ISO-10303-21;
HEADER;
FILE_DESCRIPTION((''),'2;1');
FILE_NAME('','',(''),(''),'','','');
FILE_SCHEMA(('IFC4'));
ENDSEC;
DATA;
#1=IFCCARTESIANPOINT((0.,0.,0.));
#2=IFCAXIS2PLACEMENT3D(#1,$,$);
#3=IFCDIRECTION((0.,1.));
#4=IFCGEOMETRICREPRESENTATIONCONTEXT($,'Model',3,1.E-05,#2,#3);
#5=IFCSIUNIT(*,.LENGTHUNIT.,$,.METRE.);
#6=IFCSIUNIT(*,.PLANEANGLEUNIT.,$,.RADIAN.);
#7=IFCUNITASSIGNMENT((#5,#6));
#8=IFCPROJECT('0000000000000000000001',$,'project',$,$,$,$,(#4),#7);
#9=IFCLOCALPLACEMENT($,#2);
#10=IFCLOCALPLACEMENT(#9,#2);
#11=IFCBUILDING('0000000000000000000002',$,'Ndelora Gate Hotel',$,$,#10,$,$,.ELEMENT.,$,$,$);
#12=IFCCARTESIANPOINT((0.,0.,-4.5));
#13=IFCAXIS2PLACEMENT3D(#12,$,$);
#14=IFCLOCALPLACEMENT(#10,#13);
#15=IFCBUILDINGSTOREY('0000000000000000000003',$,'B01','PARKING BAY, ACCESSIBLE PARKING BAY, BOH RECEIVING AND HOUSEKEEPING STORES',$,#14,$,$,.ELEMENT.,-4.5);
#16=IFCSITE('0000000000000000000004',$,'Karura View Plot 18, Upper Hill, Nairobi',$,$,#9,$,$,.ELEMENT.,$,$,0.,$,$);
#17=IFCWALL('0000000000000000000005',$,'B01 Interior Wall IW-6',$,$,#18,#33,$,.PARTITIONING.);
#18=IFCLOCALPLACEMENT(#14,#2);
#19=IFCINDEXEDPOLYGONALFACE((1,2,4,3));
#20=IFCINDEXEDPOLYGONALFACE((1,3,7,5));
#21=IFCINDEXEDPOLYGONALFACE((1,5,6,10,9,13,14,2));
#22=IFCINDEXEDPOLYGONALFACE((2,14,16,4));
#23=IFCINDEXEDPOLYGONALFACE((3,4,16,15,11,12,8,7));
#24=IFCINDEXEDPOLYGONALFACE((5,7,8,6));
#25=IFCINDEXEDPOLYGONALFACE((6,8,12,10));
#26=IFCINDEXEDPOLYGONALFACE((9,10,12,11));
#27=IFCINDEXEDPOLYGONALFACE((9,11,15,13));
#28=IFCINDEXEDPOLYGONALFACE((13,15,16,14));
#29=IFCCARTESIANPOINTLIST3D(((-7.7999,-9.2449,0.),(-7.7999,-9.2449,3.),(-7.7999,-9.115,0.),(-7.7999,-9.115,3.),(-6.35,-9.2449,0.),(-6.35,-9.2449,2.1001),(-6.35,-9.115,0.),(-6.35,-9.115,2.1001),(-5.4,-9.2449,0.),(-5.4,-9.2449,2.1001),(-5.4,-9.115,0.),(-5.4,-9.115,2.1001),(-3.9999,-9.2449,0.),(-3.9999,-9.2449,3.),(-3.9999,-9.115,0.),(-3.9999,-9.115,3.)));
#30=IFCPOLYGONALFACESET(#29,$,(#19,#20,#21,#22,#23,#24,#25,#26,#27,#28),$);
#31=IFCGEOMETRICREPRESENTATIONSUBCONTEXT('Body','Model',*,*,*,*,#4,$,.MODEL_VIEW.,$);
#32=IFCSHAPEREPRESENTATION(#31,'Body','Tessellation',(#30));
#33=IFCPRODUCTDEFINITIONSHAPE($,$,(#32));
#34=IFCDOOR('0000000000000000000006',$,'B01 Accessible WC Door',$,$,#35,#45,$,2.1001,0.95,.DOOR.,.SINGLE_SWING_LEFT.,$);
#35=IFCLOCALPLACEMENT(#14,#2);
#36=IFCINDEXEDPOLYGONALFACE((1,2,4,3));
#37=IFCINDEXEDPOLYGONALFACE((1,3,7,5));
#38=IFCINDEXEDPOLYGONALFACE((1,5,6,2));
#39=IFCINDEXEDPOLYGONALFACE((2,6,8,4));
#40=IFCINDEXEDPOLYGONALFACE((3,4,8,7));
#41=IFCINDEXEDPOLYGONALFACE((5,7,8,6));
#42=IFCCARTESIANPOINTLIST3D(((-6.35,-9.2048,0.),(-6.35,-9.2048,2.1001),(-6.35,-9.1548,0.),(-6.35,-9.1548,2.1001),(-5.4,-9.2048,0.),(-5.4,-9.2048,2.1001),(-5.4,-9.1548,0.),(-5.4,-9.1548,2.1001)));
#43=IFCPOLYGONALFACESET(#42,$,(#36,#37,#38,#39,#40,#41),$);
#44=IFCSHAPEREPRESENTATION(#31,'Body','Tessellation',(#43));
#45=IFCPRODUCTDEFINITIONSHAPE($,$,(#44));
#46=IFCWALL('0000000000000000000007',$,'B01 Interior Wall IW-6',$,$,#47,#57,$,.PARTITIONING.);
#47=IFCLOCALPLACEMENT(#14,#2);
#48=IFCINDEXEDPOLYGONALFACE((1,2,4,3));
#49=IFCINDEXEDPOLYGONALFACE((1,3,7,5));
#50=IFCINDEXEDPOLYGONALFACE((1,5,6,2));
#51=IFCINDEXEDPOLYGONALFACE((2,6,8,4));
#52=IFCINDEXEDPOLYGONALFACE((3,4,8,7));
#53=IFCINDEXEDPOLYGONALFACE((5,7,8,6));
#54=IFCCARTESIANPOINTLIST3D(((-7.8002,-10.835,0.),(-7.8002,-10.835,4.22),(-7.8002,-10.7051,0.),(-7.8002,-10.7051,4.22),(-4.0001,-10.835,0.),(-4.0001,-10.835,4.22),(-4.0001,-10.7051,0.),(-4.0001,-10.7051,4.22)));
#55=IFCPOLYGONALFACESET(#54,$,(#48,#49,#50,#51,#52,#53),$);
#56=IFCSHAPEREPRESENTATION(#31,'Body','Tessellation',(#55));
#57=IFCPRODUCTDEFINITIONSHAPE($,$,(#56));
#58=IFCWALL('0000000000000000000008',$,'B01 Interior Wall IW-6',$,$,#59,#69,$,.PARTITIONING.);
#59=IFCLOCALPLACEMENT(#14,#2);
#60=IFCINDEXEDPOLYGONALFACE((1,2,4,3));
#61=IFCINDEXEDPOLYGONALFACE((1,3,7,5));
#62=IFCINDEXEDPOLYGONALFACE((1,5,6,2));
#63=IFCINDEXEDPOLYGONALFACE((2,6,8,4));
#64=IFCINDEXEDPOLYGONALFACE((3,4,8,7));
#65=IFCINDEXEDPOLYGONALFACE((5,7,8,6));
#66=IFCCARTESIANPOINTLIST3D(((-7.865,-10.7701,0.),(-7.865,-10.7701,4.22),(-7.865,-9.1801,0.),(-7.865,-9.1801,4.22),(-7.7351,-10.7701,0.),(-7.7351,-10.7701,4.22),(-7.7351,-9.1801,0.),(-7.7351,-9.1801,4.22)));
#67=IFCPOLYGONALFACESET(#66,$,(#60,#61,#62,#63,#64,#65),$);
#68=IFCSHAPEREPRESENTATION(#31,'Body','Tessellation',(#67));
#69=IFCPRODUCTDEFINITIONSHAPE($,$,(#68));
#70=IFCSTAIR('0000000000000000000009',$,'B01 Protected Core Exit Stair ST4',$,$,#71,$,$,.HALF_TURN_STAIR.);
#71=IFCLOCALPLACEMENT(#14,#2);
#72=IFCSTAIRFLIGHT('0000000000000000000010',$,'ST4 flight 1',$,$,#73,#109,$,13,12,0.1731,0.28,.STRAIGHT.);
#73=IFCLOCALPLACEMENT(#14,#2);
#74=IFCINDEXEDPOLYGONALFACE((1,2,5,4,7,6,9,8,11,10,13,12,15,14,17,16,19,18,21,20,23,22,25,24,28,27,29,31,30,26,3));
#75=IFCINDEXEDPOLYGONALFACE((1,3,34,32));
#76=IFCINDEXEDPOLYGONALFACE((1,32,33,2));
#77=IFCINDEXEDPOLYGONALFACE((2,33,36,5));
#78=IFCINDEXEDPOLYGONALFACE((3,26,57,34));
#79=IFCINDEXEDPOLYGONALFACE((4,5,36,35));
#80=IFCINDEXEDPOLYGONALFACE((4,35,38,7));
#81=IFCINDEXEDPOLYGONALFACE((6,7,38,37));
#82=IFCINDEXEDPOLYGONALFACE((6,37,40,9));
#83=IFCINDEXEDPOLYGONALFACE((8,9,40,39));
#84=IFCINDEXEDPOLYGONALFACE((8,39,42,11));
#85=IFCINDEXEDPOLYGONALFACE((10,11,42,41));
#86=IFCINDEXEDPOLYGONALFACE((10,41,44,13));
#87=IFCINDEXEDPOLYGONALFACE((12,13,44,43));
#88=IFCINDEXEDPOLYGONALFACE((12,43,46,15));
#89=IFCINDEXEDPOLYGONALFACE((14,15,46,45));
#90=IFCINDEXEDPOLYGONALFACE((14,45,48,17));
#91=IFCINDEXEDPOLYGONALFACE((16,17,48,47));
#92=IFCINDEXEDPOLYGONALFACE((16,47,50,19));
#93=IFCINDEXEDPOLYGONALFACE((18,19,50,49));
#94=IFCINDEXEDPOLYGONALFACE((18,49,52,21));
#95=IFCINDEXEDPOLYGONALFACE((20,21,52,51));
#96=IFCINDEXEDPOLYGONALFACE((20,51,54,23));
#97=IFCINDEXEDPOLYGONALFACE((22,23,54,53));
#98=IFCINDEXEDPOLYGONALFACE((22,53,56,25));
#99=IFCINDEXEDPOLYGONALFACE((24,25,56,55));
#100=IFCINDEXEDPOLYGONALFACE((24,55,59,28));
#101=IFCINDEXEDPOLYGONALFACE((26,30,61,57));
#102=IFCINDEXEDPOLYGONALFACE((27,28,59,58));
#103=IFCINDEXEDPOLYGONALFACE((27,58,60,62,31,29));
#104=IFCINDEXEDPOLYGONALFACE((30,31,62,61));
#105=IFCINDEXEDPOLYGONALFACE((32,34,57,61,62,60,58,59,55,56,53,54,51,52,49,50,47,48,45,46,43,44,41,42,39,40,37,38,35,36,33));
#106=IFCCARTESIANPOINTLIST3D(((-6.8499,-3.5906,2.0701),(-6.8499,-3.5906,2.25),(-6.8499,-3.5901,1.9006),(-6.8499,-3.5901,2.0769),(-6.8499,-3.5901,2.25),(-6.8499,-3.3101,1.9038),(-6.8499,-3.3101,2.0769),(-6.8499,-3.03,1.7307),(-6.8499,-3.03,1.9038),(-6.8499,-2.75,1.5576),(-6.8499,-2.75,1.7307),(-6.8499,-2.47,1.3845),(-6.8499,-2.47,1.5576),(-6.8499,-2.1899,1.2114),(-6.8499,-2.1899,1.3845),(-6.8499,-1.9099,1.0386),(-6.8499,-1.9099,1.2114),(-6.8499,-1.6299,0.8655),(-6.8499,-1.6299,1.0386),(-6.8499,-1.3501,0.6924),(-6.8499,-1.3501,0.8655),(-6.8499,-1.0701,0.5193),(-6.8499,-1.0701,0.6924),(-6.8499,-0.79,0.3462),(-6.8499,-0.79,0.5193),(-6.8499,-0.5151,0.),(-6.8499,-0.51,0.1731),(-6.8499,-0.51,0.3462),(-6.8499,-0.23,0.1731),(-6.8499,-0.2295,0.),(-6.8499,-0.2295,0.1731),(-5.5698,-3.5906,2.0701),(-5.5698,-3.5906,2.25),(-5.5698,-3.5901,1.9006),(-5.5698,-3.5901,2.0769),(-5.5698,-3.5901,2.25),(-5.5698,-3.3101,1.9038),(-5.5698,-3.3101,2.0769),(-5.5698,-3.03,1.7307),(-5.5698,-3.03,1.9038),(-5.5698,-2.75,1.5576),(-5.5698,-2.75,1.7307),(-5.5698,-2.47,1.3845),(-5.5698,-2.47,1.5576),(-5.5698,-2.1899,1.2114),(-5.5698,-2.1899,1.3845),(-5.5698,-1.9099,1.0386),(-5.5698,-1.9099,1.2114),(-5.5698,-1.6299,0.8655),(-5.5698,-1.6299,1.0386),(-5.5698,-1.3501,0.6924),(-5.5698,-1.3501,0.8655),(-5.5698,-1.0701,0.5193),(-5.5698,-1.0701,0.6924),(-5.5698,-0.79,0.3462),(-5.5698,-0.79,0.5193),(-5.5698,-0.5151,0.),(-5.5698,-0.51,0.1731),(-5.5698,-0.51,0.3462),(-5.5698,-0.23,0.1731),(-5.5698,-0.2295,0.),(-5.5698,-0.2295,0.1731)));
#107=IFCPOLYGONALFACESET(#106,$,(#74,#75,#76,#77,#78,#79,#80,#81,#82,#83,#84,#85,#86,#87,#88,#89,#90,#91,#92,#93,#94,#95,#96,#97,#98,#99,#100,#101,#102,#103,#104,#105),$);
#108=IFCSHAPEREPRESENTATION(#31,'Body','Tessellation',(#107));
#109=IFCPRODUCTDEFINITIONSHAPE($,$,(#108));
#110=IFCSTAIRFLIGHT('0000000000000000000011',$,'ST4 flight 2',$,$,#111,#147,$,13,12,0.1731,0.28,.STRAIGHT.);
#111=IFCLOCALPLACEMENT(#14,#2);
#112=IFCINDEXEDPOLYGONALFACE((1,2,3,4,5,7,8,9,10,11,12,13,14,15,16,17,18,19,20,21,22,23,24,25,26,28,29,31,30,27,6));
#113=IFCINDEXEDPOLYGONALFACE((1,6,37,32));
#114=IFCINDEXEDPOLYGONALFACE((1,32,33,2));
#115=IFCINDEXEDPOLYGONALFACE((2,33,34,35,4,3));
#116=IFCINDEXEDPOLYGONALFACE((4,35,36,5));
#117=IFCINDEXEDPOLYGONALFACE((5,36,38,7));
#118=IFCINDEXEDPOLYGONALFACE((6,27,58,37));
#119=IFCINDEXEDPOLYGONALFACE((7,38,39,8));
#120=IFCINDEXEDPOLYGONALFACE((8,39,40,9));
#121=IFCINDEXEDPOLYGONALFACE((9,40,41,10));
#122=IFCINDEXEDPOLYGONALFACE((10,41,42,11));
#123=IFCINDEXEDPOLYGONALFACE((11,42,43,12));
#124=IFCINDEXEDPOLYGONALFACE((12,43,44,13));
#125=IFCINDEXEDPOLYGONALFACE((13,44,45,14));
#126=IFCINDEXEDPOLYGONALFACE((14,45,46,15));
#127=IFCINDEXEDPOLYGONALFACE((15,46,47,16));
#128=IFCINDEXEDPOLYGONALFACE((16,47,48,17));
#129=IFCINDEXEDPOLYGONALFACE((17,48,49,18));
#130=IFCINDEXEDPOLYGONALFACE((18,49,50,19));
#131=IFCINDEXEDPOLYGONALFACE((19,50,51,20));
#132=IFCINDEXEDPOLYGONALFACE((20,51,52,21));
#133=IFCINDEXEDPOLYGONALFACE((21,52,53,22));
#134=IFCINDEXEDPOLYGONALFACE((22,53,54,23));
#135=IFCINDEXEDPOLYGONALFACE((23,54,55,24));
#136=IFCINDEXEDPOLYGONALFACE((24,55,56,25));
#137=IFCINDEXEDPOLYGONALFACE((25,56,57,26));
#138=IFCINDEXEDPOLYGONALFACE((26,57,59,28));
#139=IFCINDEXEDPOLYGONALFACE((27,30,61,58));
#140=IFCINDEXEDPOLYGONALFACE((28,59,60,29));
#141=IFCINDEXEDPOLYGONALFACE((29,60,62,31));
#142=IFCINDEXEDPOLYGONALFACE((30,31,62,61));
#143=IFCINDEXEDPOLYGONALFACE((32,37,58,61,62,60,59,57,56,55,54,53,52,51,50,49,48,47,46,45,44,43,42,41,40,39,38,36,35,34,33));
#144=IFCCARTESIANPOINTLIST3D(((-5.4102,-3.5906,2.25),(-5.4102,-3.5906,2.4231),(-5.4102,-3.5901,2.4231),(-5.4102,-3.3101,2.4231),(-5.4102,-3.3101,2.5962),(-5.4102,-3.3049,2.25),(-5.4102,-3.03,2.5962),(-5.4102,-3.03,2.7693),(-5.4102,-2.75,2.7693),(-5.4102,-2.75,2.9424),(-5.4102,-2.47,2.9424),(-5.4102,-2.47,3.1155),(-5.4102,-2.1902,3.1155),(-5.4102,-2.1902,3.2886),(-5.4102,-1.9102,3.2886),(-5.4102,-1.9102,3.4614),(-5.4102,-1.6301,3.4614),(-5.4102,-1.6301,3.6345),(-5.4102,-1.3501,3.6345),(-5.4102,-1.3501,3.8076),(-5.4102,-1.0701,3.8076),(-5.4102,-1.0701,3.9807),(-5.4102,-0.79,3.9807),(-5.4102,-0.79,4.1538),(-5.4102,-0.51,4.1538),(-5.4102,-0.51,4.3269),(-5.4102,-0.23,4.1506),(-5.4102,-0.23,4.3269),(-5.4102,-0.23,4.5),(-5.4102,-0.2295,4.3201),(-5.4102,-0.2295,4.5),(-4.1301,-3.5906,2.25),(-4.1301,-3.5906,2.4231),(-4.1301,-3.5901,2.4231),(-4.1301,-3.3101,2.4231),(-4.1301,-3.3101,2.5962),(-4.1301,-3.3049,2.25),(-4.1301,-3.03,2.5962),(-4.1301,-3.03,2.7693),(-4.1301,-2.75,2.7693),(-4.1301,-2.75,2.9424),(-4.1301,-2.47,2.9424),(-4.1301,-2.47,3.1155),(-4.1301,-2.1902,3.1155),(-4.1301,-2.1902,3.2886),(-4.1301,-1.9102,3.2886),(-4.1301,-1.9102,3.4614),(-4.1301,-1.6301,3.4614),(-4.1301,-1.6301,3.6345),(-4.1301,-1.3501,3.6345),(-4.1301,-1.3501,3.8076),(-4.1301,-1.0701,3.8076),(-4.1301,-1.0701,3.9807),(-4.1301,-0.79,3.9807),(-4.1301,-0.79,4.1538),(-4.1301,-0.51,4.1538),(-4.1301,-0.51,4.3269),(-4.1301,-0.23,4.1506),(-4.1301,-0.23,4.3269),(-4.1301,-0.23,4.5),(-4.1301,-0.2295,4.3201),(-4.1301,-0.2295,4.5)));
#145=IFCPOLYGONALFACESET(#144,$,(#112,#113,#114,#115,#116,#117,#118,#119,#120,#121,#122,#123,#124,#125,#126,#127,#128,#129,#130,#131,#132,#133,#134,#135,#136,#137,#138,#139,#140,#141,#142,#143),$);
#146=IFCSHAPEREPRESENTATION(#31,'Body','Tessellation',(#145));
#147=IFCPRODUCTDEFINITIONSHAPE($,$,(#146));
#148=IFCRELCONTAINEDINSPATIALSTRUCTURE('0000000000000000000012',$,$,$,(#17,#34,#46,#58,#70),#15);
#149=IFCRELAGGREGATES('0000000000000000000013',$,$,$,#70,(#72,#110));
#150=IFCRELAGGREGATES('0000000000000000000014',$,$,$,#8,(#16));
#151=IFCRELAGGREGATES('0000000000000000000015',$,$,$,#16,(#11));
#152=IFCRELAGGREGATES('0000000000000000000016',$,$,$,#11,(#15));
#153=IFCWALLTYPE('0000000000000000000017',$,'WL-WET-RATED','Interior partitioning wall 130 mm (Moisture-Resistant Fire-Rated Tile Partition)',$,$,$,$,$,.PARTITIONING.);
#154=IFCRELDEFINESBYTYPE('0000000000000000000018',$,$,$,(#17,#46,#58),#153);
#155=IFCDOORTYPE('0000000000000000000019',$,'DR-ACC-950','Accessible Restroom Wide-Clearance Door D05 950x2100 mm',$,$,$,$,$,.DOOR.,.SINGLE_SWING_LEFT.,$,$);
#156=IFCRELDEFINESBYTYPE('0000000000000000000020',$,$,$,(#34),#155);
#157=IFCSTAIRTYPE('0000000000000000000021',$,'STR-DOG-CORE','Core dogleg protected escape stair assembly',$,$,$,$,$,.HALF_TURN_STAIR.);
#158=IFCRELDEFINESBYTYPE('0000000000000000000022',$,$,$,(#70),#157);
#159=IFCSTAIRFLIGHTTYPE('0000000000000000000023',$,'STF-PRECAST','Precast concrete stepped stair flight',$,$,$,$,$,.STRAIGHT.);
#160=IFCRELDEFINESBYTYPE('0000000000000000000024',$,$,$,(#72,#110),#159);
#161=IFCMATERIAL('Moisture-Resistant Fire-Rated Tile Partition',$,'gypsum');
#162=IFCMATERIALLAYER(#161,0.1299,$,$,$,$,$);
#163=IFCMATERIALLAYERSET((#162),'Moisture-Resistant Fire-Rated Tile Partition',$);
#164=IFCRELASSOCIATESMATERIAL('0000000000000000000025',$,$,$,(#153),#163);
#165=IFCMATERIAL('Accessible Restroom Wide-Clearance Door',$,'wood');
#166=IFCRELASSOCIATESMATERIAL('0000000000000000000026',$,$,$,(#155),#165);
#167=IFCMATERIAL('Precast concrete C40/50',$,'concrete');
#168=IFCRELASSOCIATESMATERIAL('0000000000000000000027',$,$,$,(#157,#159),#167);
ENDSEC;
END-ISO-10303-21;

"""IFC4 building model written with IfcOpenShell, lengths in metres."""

from ifc_helpers import new_model, si_unit, direction, frame, frame_2d, origin, place, context, subcontext, project, spatial, polyline, rectangle, outline, extrude, material, layer, layer_set, type_object, element, fill, aggregate, save


model = new_model("IFC4")

# Units and contexts
model_context = context("Model", 3, precision=1e-05, world=origin(), true_north=direction((0.0, 1.0)))
body_context = subcontext(model_context, "Body", "Model", "MODEL_VIEW")
ifc_project = project(units=[si_unit("LENGTHUNIT", "METRE"), si_unit("PLANEANGLEUNIT", "RADIAN")], contexts=[model_context])

# Site, building, storey
site_placement = place(None, origin())
site = spatial("IfcSite", under=ifc_project, at=site_placement, Name="Karura View Plot 18, Upper Hill, Nairobi", CompositionType="ELEMENT", RefElevation=0.0)
building_placement = place(site_placement, origin())
building = spatial("IfcBuilding", under=site, at=building_placement, Name="Ndelora Gate Hotel", CompositionType="ELEMENT")
storey_placement = place(building_placement, frame((0.0, 0.0, -4.5)))
storey = spatial("IfcBuildingStorey", under=building, at=storey_placement, Name="B01", Description="PARKING BAY, ACCESSIBLE PARKING BAY, BOH RECEIVING AND HOUSEKEEPING STORES", CompositionType="ELEMENT", Elevation=-4.5)

# Wall, opening, door
ifc_material_1 = material(Name="Moisture-Resistant Fire-Rated Tile Partition", Category="gypsum")
ifc_layer_1 = layer(ifc_material_1, 0.1299)
ifc_layer_set_1 = layer_set([ifc_layer_1], Name="Moisture-Resistant Fire-Rated Tile Partition")
wall_type_1 = type_object("IfcWallType", Name="WL-WET-RATED", Description="Interior partitioning wall 130 mm (Moisture-Resistant Fire-Rated Tile Partition)", PredefinedType="PARTITIONING", material=ifc_layer_set_1)
wall_1_placement = place(storey_placement, frame((-4.0, -9.1799, 0.0), z_axis=(0.0, 0.0, 1.0), x_axis=(-1.0, 0.0, 0.0)))
wall_1 = element("IfcWall", 1, at=wall_1_placement, inside=storey, type_object=wall_type_1, Name="B01 Interior Wall IW-6", PredefinedType="PARTITIONING", context=body_context, shape_type="SweptSolid", body=[
    extrude(rectangle(XDim=3.8, YDim=0.1299, at=frame_2d((1.8999, 0.0))), origin(), (0.0, 0.0, 1.0), 3.0),
])
opening_placement = place(wall_1_placement, frame((1.3999, 0.0, 0.0)))
opening = element("IfcOpeningElement", 2, at=opening_placement, cuts=wall_1, PredefinedType="OPENING", context=body_context, shape_type="SweptSolid", body=[
    extrude(rectangle(XDim=0.95, YDim=2.1001, at=frame_2d((0.4751, 1.05))), frame((0.0, 0.075, 0.0), z_axis=(0.0, -1.0, 0.0), x_axis=(1.0, 0.0, 0.0)), (0.0, 0.0, 1.0), 0.1499),
])
ifc_material_2 = material(Name="Accessible Restroom Wide-Clearance Door", Category="wood")
door_type = type_object("IfcDoorType", Name="DR-ACC-950", Description="Accessible Restroom Wide-Clearance Door D05 950x2100 mm", OperationType="SINGLE_SWING_LEFT", PredefinedType="DOOR", material=ifc_material_2)
door_placement = place(opening_placement, origin())
door = element("IfcDoor", 3, at=door_placement, inside=storey, type_object=door_type, Name="B01 Accessible WC Door", OperationType="SINGLE_SWING_LEFT", OverallHeight=2.1001, OverallWidth=0.95, PredefinedType="DOOR", context=body_context, shape_type="SweptSolid", body=[
    extrude(rectangle(XDim=0.95, YDim=2.1001, at=frame_2d((0.4751, 1.05))), frame((0.0, 0.0249, 0.0), z_axis=(0.0, -1.0, 0.0), x_axis=(1.0, 0.0, 0.0)), (0.0, 0.0, 1.0), 0.05),
])
fill(opening, door)

# Walls
wall_2_placement = place(storey_placement, frame((-7.8, -10.77, 0.0), z_axis=(0.0, 0.0, 1.0), x_axis=(1.0, 0.0, 0.0)))
element("IfcWall", 4, at=wall_2_placement, inside=storey, type_object=wall_type_1, Name="B01 Interior Wall IW-6", PredefinedType="PARTITIONING", context=body_context, shape_type="SweptSolid", body=[
    extrude(rectangle(XDim=3.8, YDim=0.1299, at=frame_2d((1.8999, 0.0))), origin(), (0.0, 0.0, 1.0), 4.22),
])
wall_3_placement = place(storey_placement, frame((-7.8, -10.77, 0.0), z_axis=(0.0, 0.0, 1.0), x_axis=(0.0, 1.0, 0.0)))
element("IfcWall", 5, at=wall_3_placement, inside=storey, type_object=wall_type_1, Name="B01 Interior Wall IW-6", PredefinedType="PARTITIONING", context=body_context, shape_type="SweptSolid", body=[
    extrude(rectangle(XDim=1.5901, YDim=0.1299, at=frame_2d((0.7949, 0.0))), origin(), (0.0, 0.0, 1.0), 4.22),
])

# Stair, stair flights
ifc_material_3 = material(Name="Precast concrete C40/50", Category="concrete")
stair_type = type_object("IfcStairType", Name="STR-DOG-CORE", Description="Core dogleg protected escape stair assembly", PredefinedType="HALF_TURN_STAIR", material=ifc_material_3)
stair_placement = place(storey_placement, origin())
stair = element("IfcStair", 6, at=stair_placement, inside=storey, type_object=stair_type, Name="B01 Protected Core Exit Stair ST4", PredefinedType="HALF_TURN_STAIR")
stair_flight_type = type_object("IfcStairFlightType", Name="STF-PRECAST", Description="Precast concrete stepped stair flight", PredefinedType="STRAIGHT", material=ifc_material_3)
stair_flight_1_placement = place(storey_placement, frame((-6.21, -0.23, 0.0), z_axis=(0.0, 0.0, 1.0), x_axis=(0.0, -1.0, 0.0)))
stair_flight_1 = element("IfcStairFlight", 7, at=stair_flight_1_placement, type_object=stair_flight_type, Name="ST4 flight 1", NumberOfRisers=13, NumberOfTreads=12, PredefinedType="STRAIGHT", RiserHeight=0.1731, TreadLength=0.28, context=body_context, shape_type="SweptSolid", body=[
    extrude(outline(polyline([(-0.0005, 0.0), (-0.0005, 0.1731), (0.0, 0.1731), (0.28, 0.1731), (0.28, 0.3462), (0.5601, 0.3462), (0.5601, 0.5193), (0.8401, 0.5193), (0.8401, 0.6924), (1.1201, 0.6924), (1.1201, 0.8655), (1.3999, 0.8655), (1.3999, 1.0386), (1.6799, 1.0386), (1.6799, 1.2114), (1.96, 1.2114), (1.96, 1.3845), (2.24, 1.3845), (2.24, 1.5576), (2.52, 1.5576), (2.52, 1.7307), (2.8, 1.7307), (2.8, 1.9038), (3.0801, 1.9038), (3.0801, 2.0769), (3.3601, 2.0769), (3.3601, 2.25), (3.3606, 2.25), (3.3606, 2.0701), (3.3601, 1.9006), (0.2852, 0.0), (-0.0005, 0.0)])), frame((0.0, 0.6401, 0.0), z_axis=(0.0, -1.0, 0.0), x_axis=(1.0, 0.0, 0.0)), (0.0, 0.0, 1.0), 1.28),
])
stair_flight_2_placement = place(storey_placement, frame((-4.77, -3.5901, 2.25), z_axis=(0.0, 0.0, 1.0), x_axis=(0.0, 1.0, 0.0)))
stair_flight_2 = element("IfcStairFlight", 8, at=stair_flight_2_placement, type_object=stair_flight_type, Name="ST4 flight 2", NumberOfRisers=13, NumberOfTreads=12, PredefinedType="STRAIGHT", RiserHeight=0.1731, TreadLength=0.28, context=body_context, shape_type="SweptSolid", body=[
    extrude(outline(polyline([(-0.0005, 0.0), (-0.0005, 0.1731), (0.0, 0.1731), (0.28, 0.1731), (0.28, 0.3462), (0.5601, 0.3462), (0.5601, 0.5193), (0.8401, 0.5193), (0.8401, 0.6924), (1.1201, 0.6924), (1.1201, 0.8655), (1.3999, 0.8655), (1.3999, 1.0386), (1.6799, 1.0386), (1.6799, 1.2114), (1.96, 1.2114), (1.96, 1.3845), (2.24, 1.3845), (2.24, 1.5576), (2.52, 1.5576), (2.52, 1.7307), (2.8, 1.7307), (2.8, 1.9038), (3.0801, 1.9038), (3.0801, 2.0769), (3.3601, 2.0769), (3.3601, 2.25), (3.3606, 2.25), (3.3606, 2.0701), (3.3601, 1.9006), (0.2852, 0.0), (-0.0005, 0.0)])), frame((0.0, 0.6401, 0.0), z_axis=(0.0, -1.0, 0.0), x_axis=(1.0, 0.0, 0.0)), (0.0, 0.0, 1.0), 1.28),
])
aggregate(stair, [stair_flight_1, stair_flight_2])

save(model, "model.ifc")
